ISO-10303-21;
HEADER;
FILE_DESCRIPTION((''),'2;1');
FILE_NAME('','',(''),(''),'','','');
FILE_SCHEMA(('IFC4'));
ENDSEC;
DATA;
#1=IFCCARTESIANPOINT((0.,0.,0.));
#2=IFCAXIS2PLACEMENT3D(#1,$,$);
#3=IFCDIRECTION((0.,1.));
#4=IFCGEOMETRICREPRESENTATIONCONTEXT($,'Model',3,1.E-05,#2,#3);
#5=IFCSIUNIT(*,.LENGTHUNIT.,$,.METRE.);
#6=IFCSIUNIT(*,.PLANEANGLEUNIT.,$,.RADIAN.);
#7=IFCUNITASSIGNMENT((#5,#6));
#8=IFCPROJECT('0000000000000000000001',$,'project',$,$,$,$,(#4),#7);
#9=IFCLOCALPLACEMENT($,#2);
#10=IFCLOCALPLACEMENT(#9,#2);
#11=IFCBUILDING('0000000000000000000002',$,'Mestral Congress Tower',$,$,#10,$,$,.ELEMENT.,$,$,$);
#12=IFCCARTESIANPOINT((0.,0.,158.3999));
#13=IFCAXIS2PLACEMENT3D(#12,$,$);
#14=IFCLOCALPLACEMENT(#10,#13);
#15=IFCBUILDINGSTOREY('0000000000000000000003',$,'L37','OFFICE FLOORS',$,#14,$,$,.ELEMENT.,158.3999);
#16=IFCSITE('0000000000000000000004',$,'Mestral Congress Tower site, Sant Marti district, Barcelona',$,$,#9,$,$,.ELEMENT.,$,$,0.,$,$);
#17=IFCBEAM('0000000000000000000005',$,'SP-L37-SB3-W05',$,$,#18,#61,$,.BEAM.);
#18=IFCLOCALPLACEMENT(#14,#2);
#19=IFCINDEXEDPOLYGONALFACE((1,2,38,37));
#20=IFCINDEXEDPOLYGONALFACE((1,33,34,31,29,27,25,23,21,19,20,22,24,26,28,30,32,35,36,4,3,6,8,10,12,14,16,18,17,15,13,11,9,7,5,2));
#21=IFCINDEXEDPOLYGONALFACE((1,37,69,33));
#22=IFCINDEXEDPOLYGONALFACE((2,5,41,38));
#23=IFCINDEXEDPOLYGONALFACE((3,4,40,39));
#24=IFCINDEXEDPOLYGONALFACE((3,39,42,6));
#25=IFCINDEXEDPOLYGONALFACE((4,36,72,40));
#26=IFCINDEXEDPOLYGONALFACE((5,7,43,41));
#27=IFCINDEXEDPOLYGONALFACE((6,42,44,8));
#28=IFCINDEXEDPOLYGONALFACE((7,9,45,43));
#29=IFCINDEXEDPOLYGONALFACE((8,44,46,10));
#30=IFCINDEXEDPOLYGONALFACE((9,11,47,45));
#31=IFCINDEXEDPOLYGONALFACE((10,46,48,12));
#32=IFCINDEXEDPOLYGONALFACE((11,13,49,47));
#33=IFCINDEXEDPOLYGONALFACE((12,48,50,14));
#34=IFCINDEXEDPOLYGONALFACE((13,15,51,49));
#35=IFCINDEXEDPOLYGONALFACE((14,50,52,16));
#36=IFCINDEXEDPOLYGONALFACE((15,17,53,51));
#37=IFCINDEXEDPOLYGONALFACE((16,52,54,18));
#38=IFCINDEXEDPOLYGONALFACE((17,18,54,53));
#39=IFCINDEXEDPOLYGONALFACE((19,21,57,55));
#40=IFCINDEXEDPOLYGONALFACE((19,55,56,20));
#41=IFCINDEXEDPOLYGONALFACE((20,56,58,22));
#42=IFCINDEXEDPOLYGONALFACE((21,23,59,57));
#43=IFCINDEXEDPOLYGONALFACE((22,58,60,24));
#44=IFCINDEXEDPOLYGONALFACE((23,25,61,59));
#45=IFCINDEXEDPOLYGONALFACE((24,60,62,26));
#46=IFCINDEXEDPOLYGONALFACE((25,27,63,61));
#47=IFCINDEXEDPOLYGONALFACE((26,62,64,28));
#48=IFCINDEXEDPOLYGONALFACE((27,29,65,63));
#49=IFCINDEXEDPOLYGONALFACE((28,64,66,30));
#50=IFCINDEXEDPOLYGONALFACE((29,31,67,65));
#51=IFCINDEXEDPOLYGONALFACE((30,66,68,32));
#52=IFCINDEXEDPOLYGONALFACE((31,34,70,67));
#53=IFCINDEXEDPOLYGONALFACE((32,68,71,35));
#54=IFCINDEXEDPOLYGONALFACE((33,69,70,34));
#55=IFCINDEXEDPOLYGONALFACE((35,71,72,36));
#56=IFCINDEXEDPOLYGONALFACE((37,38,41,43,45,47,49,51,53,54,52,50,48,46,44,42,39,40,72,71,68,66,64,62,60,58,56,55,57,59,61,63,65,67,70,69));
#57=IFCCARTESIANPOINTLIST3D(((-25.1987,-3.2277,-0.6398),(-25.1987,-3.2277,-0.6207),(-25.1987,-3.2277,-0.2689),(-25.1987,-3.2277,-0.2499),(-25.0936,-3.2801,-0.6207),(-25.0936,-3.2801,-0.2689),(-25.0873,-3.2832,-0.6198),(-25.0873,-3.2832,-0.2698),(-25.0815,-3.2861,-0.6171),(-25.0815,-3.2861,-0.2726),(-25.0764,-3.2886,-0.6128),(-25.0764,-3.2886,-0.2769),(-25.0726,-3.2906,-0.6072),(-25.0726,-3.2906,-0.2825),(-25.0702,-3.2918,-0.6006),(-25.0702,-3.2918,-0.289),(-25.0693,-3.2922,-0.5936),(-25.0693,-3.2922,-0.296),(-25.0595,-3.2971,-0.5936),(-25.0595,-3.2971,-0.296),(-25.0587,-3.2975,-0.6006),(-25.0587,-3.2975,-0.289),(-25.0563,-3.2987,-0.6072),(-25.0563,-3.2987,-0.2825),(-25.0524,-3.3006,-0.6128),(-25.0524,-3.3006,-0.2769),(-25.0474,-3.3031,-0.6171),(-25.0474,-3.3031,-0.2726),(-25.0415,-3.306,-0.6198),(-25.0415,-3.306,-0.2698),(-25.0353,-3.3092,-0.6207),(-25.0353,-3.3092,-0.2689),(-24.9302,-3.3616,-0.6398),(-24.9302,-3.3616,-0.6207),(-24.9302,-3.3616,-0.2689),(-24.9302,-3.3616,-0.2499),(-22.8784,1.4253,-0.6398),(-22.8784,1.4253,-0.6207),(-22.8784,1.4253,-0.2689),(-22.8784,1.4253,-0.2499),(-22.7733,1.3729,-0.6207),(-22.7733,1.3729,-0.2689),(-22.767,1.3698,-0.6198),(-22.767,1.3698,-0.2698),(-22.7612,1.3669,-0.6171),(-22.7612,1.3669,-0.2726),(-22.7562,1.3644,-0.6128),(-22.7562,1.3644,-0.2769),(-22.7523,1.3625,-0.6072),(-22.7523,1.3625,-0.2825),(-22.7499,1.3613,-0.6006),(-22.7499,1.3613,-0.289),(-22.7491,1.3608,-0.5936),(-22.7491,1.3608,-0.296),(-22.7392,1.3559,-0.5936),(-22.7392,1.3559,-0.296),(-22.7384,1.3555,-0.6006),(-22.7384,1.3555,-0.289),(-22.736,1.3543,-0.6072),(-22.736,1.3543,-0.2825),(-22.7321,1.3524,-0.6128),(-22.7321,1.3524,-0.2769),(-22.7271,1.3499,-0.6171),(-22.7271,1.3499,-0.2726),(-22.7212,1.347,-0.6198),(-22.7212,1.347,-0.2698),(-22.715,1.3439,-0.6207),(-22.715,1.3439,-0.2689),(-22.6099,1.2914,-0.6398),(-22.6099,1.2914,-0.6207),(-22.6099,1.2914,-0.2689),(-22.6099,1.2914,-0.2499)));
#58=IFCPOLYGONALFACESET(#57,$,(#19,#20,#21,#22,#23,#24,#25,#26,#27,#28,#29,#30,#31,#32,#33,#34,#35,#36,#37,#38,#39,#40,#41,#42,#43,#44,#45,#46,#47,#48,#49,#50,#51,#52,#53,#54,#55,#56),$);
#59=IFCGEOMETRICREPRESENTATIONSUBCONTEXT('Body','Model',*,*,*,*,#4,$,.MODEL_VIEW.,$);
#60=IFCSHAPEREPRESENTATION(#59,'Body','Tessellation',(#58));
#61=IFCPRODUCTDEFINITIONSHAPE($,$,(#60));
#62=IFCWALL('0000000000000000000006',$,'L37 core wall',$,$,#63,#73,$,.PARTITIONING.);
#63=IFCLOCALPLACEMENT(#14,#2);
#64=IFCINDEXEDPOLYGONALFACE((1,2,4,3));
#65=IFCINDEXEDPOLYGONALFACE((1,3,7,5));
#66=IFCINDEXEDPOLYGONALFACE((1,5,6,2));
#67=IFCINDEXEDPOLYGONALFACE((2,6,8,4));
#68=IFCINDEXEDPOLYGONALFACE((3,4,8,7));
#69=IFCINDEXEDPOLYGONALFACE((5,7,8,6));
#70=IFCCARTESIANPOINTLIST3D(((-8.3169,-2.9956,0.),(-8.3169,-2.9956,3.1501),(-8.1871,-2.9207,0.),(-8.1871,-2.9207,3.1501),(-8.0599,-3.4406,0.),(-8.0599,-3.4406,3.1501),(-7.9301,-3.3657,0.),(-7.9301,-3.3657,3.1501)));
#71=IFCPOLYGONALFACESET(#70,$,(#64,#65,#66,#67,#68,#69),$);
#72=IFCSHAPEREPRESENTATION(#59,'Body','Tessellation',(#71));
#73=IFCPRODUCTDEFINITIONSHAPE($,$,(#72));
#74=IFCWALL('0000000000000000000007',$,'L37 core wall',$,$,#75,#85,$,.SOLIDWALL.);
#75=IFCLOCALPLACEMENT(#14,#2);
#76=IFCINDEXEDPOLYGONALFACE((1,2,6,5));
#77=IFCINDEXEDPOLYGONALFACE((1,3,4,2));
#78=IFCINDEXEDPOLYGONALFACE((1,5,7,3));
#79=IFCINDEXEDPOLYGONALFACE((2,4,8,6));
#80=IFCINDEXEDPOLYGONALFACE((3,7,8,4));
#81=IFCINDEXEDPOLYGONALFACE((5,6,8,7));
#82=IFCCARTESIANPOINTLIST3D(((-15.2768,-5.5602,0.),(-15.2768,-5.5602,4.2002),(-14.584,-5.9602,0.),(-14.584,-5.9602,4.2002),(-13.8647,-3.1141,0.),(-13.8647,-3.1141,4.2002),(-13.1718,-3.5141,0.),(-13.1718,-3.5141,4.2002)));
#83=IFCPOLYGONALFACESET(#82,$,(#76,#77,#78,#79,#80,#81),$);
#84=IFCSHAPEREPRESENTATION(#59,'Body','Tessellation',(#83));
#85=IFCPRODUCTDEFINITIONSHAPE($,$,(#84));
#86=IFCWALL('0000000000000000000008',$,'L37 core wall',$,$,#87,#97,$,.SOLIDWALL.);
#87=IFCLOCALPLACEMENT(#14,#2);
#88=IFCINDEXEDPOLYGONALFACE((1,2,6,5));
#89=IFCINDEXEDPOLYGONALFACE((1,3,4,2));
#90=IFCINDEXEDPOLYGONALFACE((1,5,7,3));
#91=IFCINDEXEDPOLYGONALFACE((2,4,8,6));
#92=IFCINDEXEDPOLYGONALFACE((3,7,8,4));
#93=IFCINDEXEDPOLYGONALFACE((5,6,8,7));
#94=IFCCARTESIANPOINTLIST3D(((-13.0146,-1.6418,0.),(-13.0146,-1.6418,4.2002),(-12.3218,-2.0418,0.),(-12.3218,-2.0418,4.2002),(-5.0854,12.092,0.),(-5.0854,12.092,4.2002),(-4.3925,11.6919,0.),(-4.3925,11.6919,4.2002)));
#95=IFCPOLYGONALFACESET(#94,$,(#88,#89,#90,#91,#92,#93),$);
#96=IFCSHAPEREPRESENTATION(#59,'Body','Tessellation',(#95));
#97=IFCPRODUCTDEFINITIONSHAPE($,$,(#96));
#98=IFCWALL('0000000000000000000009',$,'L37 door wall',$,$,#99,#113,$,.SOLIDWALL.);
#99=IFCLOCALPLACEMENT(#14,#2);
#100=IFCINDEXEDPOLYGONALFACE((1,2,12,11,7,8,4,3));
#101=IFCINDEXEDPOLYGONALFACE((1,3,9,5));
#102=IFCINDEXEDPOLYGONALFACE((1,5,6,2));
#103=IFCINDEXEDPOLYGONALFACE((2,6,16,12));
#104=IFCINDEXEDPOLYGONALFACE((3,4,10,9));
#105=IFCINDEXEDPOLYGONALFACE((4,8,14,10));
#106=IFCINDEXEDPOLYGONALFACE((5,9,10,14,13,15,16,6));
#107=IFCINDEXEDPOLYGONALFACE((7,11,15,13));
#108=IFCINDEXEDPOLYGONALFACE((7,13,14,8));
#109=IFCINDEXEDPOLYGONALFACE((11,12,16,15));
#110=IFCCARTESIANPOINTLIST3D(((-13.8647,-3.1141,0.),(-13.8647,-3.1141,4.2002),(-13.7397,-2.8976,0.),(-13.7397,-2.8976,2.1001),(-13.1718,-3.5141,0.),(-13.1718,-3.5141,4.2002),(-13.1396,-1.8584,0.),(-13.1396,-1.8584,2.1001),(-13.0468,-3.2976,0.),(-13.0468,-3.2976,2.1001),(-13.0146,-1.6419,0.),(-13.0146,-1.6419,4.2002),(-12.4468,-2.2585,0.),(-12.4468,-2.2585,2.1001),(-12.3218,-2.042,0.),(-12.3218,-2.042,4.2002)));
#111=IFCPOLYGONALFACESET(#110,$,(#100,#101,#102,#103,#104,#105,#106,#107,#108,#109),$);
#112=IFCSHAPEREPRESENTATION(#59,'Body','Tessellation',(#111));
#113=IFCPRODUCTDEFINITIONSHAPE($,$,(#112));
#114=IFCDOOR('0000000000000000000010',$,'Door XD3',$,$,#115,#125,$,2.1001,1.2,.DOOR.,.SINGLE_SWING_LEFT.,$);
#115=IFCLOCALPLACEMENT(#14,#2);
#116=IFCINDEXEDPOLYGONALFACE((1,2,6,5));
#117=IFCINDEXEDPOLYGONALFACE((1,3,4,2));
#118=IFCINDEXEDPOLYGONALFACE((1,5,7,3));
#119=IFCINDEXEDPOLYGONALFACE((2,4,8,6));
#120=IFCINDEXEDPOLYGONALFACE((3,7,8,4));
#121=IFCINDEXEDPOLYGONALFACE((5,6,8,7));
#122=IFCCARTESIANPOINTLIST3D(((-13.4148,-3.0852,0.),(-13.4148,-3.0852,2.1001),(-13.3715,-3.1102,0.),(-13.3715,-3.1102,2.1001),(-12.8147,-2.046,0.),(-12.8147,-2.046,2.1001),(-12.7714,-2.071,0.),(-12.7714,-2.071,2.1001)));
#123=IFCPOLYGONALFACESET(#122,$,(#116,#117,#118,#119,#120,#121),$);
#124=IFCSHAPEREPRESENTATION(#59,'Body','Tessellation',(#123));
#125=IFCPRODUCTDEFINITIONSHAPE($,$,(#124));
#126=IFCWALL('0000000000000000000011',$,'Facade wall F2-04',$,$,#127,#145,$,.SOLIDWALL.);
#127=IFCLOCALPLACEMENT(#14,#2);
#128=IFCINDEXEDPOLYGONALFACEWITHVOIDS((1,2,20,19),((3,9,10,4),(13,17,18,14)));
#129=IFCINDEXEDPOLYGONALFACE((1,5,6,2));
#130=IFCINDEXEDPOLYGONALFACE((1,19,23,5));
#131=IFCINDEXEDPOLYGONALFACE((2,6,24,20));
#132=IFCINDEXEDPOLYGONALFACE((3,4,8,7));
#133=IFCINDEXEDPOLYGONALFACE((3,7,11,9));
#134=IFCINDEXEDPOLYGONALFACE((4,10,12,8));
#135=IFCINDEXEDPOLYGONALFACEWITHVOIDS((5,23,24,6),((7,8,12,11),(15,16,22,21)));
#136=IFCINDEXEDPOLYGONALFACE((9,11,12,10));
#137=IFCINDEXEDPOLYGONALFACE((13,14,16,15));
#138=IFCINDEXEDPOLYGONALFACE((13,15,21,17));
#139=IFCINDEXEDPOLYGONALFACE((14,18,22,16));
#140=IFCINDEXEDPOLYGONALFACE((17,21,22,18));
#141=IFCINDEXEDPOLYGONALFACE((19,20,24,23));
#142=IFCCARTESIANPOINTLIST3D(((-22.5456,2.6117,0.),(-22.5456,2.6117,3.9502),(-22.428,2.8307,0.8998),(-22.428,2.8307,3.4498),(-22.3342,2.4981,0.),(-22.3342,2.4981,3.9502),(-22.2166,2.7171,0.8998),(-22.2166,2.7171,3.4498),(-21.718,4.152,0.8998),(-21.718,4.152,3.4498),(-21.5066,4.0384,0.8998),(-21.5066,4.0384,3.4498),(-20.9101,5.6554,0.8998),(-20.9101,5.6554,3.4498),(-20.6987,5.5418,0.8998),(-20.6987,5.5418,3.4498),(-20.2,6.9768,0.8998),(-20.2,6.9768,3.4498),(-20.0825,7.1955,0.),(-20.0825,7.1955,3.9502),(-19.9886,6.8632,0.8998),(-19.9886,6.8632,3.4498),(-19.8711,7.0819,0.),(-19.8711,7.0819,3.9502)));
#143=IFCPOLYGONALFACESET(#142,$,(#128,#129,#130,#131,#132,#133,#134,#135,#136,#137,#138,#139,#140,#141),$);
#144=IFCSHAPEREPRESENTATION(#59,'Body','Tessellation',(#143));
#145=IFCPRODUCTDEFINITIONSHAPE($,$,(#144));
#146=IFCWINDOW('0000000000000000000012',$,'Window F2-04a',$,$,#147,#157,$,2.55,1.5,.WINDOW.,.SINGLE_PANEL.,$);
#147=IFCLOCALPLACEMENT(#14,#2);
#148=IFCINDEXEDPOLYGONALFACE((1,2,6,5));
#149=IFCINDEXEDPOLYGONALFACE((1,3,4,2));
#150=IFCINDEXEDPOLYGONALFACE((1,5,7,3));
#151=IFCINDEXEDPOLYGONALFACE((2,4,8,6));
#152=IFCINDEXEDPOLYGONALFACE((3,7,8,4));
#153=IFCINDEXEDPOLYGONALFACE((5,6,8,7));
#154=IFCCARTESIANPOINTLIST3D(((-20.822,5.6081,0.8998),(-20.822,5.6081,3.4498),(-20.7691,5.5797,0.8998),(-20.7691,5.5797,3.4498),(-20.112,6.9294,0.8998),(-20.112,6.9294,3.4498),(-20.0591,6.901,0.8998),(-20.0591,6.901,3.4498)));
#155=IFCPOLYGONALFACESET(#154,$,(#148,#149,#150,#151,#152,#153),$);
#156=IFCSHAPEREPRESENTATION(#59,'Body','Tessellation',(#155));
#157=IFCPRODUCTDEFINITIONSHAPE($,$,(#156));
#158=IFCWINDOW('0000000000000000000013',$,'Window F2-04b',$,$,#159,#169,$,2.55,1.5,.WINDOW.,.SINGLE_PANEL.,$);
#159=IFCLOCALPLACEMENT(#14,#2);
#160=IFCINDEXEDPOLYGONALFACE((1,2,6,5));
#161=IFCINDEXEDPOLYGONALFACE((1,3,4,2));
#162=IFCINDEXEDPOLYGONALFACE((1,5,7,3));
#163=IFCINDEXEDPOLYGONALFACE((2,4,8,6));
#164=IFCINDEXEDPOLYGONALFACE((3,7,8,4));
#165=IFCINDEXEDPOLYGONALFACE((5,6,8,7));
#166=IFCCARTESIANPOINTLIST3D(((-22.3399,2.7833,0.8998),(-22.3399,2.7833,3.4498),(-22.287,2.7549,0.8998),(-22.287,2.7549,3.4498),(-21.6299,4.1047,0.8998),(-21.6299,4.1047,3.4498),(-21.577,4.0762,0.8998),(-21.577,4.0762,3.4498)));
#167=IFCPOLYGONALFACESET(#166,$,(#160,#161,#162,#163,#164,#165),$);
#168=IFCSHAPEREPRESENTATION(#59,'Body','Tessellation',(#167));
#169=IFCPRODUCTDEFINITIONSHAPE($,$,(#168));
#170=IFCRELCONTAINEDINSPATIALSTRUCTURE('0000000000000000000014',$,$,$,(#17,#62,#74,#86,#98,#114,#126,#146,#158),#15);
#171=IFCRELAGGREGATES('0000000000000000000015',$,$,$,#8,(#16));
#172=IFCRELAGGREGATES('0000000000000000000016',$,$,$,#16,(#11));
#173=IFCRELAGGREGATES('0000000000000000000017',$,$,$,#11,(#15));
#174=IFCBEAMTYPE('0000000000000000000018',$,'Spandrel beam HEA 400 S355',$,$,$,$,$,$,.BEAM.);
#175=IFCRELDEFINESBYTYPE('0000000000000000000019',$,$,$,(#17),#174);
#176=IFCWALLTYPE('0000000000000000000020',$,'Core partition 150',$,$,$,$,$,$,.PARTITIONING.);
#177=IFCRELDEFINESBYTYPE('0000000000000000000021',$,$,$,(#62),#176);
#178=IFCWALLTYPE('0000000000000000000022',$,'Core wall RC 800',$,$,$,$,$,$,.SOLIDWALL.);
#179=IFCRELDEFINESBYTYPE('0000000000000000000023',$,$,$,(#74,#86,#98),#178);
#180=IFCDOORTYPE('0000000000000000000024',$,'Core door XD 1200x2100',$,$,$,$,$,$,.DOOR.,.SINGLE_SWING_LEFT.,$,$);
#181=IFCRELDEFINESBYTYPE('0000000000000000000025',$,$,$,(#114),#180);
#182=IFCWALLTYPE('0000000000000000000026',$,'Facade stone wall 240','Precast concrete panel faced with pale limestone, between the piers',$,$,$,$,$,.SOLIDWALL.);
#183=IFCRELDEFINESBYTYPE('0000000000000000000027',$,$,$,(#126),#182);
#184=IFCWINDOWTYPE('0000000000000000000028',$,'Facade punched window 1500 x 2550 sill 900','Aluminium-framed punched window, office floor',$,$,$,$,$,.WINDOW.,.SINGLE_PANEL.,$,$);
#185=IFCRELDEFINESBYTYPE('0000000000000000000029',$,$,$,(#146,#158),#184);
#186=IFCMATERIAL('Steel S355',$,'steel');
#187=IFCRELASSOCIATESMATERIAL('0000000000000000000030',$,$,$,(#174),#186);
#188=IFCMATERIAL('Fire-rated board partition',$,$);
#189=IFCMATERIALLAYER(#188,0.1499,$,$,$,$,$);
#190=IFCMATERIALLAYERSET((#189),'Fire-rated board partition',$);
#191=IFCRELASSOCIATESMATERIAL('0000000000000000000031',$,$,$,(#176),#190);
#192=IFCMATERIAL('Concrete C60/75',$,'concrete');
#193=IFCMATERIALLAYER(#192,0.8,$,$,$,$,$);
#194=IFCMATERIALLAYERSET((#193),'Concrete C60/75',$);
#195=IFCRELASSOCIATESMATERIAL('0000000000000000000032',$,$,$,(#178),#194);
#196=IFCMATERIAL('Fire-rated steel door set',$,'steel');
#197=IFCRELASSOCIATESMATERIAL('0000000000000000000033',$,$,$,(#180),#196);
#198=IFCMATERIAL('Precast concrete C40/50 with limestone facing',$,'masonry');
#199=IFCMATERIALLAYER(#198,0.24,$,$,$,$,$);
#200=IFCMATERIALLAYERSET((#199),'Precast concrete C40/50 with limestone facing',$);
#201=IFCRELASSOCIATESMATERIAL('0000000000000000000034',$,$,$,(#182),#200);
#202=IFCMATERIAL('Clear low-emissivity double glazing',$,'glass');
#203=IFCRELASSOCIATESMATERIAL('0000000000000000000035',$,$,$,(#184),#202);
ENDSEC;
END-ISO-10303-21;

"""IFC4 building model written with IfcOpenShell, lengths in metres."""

from ifc_helpers import new_model, si_unit, direction, frame, frame_2d, origin, origin_2d, place, context, subcontext, project, spatial, rectangle, i_section, extrude, material, layer, layer_set, material_profile, profile_set, type_object, element, fill, save


model = new_model("IFC4")

# Units and contexts
model_context = context("Model", 3, precision=1e-05, world=origin(), true_north=direction((0.0, 1.0)))
body_context = subcontext(model_context, "Body", "Model", "MODEL_VIEW")
ifc_project = project(units=[si_unit("LENGTHUNIT", "METRE"), si_unit("PLANEANGLEUNIT", "RADIAN")], contexts=[model_context])

# Site, building, storey
site_placement = place(None, origin())
site = spatial("IfcSite", under=ifc_project, at=site_placement, Name="Mestral Congress Tower site, Sant Marti district, Barcelona", CompositionType="ELEMENT", RefElevation=0.0)
building_placement = place(site_placement, origin())
building = spatial("IfcBuilding", under=site, at=building_placement, Name="Mestral Congress Tower", CompositionType="ELEMENT")
storey_placement = place(building_placement, frame((0.0, 0.0, 158.3999)))
storey = spatial("IfcBuildingStorey", under=building, at=storey_placement, Name="L37", Description="OFFICE FLOORS", CompositionType="ELEMENT", Elevation=158.3999)

# Shared definitions
ifc_material_1 = material(Name="Concrete C60/75", Category="concrete")

# Beam
ifc_material_2 = material(Name="Steel S355", Category="steel")
ifc_material_profile_1 = material_profile(ifc_material_2, i_section(OverallWidth=0.3, OverallDepth=0.3899, WebThickness=0.011, FlangeThickness=0.019, FilletRadius=0.0271, at=origin_2d()), Name="HEA 400")
ifc_profile_set_1 = profile_set([ifc_material_profile_1], Name="Steel S355")
beam_type_1 = type_object("IfcBeamType", Name="Spandrel beam HEA 400 S355", PredefinedType="BEAM", material=ifc_profile_set_1)
beam_1_placement = place(storey_placement, frame((-22.7441, 1.3584, -0.4448), z_axis=(-0.446255, -0.894906, 0.0), x_axis=(0.894906, -0.446255, 0.0)))
element("IfcBeam", 1, at=beam_1_placement, inside=storey, type_object=beam_type_1, Name="SP-L37-SB3-W05", PredefinedType="BEAM", context=body_context, shape_type="SweptSolid", body=[
    extrude(i_section(OverallWidth=0.3, OverallDepth=0.3899, WebThickness=0.011, FlangeThickness=0.019, FilletRadius=0.0271, at=origin_2d()), origin(), (0.0, 0.0, 1.0), 5.1995),
])

# Walls
ifc_material_3 = material(Name="Fire-rated board partition")
ifc_layer_1 = layer(ifc_material_3, 0.1499)
ifc_layer_set_1 = layer_set([ifc_layer_1], Name="Fire-rated board partition")
wall_type_1 = type_object("IfcWallType", Name="Core partition 150", PredefinedType="PARTITIONING", material=ifc_layer_set_1)
wall_1_placement = place(storey_placement, frame((-8.252, -2.9583, 0.0), z_axis=(0.0, 0.0, 1.0), x_axis=(0.500175, -0.865925, 0.0)))
element("IfcWall", 2, at=wall_1_placement, inside=storey, type_object=wall_type_1, Name="L37 core wall", PredefinedType="PARTITIONING", context=body_context, shape_type="SweptSolid", body=[
    extrude(rectangle(XDim=0.5139, YDim=0.1499, at=frame_2d((0.2568, 0.0))), origin(), (0.0, 0.0, 1.0), 3.1501),
])
ifc_layer_2 = layer(ifc_material_1, 0.8)
ifc_layer_set_2 = layer_set([ifc_layer_2], Name="Concrete C60/75")
wall_type_2 = type_object("IfcWallType", Name="Core wall RC 800", PredefinedType="SOLIDWALL", material=ifc_layer_set_2)
wall_2_placement = place(storey_placement, frame((-13.5183, -3.3142, 0.0), z_axis=(0.0, 0.0, 1.0), x_axis=(-0.499969, -0.866043, 0.0)))
element("IfcWall", 3, at=wall_2_placement, inside=storey, type_object=wall_type_2, Name="L37 core wall", PredefinedType="SOLIDWALL", context=body_context, shape_type="SweptSolid", body=[
    extrude(rectangle(XDim=2.8245, YDim=0.8, at=frame_2d((1.4121, 0.0))), origin(), (0.0, 0.0, 1.0), 4.2002),
])
wall_3_placement = place(storey_placement, frame((-12.6682, -1.8418, 0.0), z_axis=(0.0, 0.0, 1.0), x_axis=(0.500004, 0.866023, 0.0)))
element("IfcWall", 4, at=wall_3_placement, inside=storey, type_object=wall_type_2, Name="L37 core wall", PredefinedType="SOLIDWALL", context=body_context, shape_type="SweptSolid", body=[
    extrude(rectangle(XDim=15.8584, YDim=0.8, at=frame_2d((7.9292, 0.0))), origin(), (0.0, 0.0, 1.0), 4.2002),
])

# Wall, opening, door
wall_4_placement = place(storey_placement, frame((-13.5183, -3.3142, 0.0), z_axis=(0.0, 0.0, 1.0), x_axis=(0.500062, 0.865989, 0.0)))
wall_4 = element("IfcWall", 5, at=wall_4_placement, inside=storey, type_object=wall_type_2, Name="L37 door wall", PredefinedType="SOLIDWALL", context=body_context, shape_type="SweptSolid", body=[
    extrude(rectangle(XDim=1.7, YDim=0.8, at=frame_2d((0.8501, 0.0))), origin(), (0.0, 0.0, 1.0), 4.2002),
])
opening_1_placement = place(wall_4_placement, frame((0.25, 0.0, 0.0)))
opening_1 = element("IfcOpeningElement", 6, at=opening_1_placement, cuts=wall_4, PredefinedType="OPENING", context=body_context, shape_type="SweptSolid", body=[
    extrude(rectangle(XDim=1.2, YDim=2.1001, at=frame_2d((0.6001, 1.05))), frame((0.0, 0.4099, 0.0), z_axis=(0.0, -1.0, 0.0), x_axis=(1.0, 0.0, 0.0)), (0.0, 0.0, 1.0), 0.8201),
])
ifc_material_4 = material(Name="Fire-rated steel door set", Category="steel")
door_type_1 = type_object("IfcDoorType", Name="Core door XD 1200x2100", OperationType="SINGLE_SWING_LEFT", PredefinedType="DOOR", material=ifc_material_4)
door_1_placement = place(opening_1_placement, origin())
door_1 = element("IfcDoor", 7, at=door_1_placement, inside=storey, type_object=door_type_1, Name="Door XD3", OperationType="SINGLE_SWING_LEFT", OverallHeight=2.1001, OverallWidth=1.2, PredefinedType="DOOR", context=body_context, shape_type="SweptSolid", body=[
    extrude(rectangle(XDim=1.2, YDim=2.1001, at=frame_2d((0.6001, 1.05))), frame((0.0, 0.0249, 0.0), z_axis=(0.0, -1.0, 0.0), x_axis=(1.0, 0.0, 0.0)), (0.0, 0.0, 1.0), 0.05),
])
fill(opening_1, door_1)

# Wall, openings, windows
ifc_material_5 = material(Name="Precast concrete C40/50 with limestone facing", Category="masonry")
ifc_layer_3 = layer(ifc_material_5, 0.24)
ifc_layer_set_3 = layer_set([ifc_layer_3], Name="Precast concrete C40/50 with limestone facing")
wall_type_3 = type_object("IfcWallType", Name="Facade stone wall 240", Description="Precast concrete panel faced with pale limestone, between the piers", PredefinedType="SOLIDWALL", material=ifc_layer_set_3)
wall_5_placement = place(storey_placement, frame((-19.9768, 7.1387, 0.0), z_axis=(0.0, 0.0, 1.0), x_axis=(-0.47335, -0.880875, 0.0)))
wall_5 = element("IfcWall", 8, at=wall_5_placement, inside=storey, type_object=wall_type_3, Name="Facade wall F2-04", PredefinedType="SOLIDWALL", context=body_context, shape_type="SweptSolid", body=[
    extrude(rectangle(XDim=5.2036, YDim=0.24, at=frame_2d((2.6018, 0.0))), origin(), (0.0, 0.0, 1.0), 3.9502),
])
opening_2_placement = place(wall_5_placement, frame((0.2483, 0.0, 0.8999)))
opening_2 = element("IfcOpeningElement", 9, at=opening_2_placement, cuts=wall_5, PredefinedType="OPENING", context=body_context, shape_type="SweptSolid", body=[
    extrude(rectangle(XDim=1.5, YDim=2.55, at=frame_2d((0.75, 1.2749))), frame((0.0, 0.1299, 0.0), z_axis=(0.0, -1.0, 0.0), x_axis=(1.0, 0.0, 0.0)), (0.0, 0.0, 1.0), 0.26),
])
opening_3_placement = place(wall_5_placement, frame((3.4551, 0.0, 0.8999)))
opening_3 = element("IfcOpeningElement", 10, at=opening_3_placement, cuts=wall_5, PredefinedType="OPENING", context=body_context, shape_type="SweptSolid", body=[
    extrude(rectangle(XDim=1.5, YDim=2.55, at=frame_2d((0.75, 1.2749))), frame((0.0, 0.1299, 0.0), z_axis=(0.0, -1.0, 0.0), x_axis=(1.0, 0.0, 0.0)), (0.0, 0.0, 1.0), 0.26),
])
ifc_material_6 = material(Name="Clear low-emissivity double glazing", Category="glass")
window_type = type_object("IfcWindowType", Name="Facade punched window 1500 x 2550 sill 900", Description="Aluminium-framed punched window, office floor", PartitioningType="SINGLE_PANEL", PredefinedType="WINDOW", material=ifc_material_6)
window_1_placement = place(opening_2_placement, origin())
window_1 = element("IfcWindow", 11, at=window_1_placement, inside=storey, type_object=window_type, Name="Window F2-04a", OverallHeight=2.55, OverallWidth=1.5, PartitioningType="SINGLE_PANEL", PredefinedType="WINDOW", context=body_context, shape_type="SweptSolid", body=[
    extrude(rectangle(XDim=1.5, YDim=2.55, at=frame_2d((0.75, 1.2749))), frame((0.0, 0.04, 0.0), z_axis=(0.0, -1.0, 0.0), x_axis=(1.0, 0.0, 0.0)), (0.0, 0.0, 1.0), 0.0601),
])
fill(opening_2, window_1)
window_2_placement = place(opening_3_placement, origin())
window_2 = element("IfcWindow", 12, at=window_2_placement, inside=storey, type_object=window_type, Name="Window F2-04b", OverallHeight=2.55, OverallWidth=1.5, PartitioningType="SINGLE_PANEL", PredefinedType="WINDOW", context=body_context, shape_type="SweptSolid", body=[
    extrude(rectangle(XDim=1.5, YDim=2.55, at=frame_2d((0.75, 1.2749))), frame((0.0, 0.04, 0.0), z_axis=(0.0, -1.0, 0.0), x_axis=(1.0, 0.0, 0.0)), (0.0, 0.0, 1.0), 0.0601),
])
fill(opening_3, window_2)

save(model, "model.ifc")
